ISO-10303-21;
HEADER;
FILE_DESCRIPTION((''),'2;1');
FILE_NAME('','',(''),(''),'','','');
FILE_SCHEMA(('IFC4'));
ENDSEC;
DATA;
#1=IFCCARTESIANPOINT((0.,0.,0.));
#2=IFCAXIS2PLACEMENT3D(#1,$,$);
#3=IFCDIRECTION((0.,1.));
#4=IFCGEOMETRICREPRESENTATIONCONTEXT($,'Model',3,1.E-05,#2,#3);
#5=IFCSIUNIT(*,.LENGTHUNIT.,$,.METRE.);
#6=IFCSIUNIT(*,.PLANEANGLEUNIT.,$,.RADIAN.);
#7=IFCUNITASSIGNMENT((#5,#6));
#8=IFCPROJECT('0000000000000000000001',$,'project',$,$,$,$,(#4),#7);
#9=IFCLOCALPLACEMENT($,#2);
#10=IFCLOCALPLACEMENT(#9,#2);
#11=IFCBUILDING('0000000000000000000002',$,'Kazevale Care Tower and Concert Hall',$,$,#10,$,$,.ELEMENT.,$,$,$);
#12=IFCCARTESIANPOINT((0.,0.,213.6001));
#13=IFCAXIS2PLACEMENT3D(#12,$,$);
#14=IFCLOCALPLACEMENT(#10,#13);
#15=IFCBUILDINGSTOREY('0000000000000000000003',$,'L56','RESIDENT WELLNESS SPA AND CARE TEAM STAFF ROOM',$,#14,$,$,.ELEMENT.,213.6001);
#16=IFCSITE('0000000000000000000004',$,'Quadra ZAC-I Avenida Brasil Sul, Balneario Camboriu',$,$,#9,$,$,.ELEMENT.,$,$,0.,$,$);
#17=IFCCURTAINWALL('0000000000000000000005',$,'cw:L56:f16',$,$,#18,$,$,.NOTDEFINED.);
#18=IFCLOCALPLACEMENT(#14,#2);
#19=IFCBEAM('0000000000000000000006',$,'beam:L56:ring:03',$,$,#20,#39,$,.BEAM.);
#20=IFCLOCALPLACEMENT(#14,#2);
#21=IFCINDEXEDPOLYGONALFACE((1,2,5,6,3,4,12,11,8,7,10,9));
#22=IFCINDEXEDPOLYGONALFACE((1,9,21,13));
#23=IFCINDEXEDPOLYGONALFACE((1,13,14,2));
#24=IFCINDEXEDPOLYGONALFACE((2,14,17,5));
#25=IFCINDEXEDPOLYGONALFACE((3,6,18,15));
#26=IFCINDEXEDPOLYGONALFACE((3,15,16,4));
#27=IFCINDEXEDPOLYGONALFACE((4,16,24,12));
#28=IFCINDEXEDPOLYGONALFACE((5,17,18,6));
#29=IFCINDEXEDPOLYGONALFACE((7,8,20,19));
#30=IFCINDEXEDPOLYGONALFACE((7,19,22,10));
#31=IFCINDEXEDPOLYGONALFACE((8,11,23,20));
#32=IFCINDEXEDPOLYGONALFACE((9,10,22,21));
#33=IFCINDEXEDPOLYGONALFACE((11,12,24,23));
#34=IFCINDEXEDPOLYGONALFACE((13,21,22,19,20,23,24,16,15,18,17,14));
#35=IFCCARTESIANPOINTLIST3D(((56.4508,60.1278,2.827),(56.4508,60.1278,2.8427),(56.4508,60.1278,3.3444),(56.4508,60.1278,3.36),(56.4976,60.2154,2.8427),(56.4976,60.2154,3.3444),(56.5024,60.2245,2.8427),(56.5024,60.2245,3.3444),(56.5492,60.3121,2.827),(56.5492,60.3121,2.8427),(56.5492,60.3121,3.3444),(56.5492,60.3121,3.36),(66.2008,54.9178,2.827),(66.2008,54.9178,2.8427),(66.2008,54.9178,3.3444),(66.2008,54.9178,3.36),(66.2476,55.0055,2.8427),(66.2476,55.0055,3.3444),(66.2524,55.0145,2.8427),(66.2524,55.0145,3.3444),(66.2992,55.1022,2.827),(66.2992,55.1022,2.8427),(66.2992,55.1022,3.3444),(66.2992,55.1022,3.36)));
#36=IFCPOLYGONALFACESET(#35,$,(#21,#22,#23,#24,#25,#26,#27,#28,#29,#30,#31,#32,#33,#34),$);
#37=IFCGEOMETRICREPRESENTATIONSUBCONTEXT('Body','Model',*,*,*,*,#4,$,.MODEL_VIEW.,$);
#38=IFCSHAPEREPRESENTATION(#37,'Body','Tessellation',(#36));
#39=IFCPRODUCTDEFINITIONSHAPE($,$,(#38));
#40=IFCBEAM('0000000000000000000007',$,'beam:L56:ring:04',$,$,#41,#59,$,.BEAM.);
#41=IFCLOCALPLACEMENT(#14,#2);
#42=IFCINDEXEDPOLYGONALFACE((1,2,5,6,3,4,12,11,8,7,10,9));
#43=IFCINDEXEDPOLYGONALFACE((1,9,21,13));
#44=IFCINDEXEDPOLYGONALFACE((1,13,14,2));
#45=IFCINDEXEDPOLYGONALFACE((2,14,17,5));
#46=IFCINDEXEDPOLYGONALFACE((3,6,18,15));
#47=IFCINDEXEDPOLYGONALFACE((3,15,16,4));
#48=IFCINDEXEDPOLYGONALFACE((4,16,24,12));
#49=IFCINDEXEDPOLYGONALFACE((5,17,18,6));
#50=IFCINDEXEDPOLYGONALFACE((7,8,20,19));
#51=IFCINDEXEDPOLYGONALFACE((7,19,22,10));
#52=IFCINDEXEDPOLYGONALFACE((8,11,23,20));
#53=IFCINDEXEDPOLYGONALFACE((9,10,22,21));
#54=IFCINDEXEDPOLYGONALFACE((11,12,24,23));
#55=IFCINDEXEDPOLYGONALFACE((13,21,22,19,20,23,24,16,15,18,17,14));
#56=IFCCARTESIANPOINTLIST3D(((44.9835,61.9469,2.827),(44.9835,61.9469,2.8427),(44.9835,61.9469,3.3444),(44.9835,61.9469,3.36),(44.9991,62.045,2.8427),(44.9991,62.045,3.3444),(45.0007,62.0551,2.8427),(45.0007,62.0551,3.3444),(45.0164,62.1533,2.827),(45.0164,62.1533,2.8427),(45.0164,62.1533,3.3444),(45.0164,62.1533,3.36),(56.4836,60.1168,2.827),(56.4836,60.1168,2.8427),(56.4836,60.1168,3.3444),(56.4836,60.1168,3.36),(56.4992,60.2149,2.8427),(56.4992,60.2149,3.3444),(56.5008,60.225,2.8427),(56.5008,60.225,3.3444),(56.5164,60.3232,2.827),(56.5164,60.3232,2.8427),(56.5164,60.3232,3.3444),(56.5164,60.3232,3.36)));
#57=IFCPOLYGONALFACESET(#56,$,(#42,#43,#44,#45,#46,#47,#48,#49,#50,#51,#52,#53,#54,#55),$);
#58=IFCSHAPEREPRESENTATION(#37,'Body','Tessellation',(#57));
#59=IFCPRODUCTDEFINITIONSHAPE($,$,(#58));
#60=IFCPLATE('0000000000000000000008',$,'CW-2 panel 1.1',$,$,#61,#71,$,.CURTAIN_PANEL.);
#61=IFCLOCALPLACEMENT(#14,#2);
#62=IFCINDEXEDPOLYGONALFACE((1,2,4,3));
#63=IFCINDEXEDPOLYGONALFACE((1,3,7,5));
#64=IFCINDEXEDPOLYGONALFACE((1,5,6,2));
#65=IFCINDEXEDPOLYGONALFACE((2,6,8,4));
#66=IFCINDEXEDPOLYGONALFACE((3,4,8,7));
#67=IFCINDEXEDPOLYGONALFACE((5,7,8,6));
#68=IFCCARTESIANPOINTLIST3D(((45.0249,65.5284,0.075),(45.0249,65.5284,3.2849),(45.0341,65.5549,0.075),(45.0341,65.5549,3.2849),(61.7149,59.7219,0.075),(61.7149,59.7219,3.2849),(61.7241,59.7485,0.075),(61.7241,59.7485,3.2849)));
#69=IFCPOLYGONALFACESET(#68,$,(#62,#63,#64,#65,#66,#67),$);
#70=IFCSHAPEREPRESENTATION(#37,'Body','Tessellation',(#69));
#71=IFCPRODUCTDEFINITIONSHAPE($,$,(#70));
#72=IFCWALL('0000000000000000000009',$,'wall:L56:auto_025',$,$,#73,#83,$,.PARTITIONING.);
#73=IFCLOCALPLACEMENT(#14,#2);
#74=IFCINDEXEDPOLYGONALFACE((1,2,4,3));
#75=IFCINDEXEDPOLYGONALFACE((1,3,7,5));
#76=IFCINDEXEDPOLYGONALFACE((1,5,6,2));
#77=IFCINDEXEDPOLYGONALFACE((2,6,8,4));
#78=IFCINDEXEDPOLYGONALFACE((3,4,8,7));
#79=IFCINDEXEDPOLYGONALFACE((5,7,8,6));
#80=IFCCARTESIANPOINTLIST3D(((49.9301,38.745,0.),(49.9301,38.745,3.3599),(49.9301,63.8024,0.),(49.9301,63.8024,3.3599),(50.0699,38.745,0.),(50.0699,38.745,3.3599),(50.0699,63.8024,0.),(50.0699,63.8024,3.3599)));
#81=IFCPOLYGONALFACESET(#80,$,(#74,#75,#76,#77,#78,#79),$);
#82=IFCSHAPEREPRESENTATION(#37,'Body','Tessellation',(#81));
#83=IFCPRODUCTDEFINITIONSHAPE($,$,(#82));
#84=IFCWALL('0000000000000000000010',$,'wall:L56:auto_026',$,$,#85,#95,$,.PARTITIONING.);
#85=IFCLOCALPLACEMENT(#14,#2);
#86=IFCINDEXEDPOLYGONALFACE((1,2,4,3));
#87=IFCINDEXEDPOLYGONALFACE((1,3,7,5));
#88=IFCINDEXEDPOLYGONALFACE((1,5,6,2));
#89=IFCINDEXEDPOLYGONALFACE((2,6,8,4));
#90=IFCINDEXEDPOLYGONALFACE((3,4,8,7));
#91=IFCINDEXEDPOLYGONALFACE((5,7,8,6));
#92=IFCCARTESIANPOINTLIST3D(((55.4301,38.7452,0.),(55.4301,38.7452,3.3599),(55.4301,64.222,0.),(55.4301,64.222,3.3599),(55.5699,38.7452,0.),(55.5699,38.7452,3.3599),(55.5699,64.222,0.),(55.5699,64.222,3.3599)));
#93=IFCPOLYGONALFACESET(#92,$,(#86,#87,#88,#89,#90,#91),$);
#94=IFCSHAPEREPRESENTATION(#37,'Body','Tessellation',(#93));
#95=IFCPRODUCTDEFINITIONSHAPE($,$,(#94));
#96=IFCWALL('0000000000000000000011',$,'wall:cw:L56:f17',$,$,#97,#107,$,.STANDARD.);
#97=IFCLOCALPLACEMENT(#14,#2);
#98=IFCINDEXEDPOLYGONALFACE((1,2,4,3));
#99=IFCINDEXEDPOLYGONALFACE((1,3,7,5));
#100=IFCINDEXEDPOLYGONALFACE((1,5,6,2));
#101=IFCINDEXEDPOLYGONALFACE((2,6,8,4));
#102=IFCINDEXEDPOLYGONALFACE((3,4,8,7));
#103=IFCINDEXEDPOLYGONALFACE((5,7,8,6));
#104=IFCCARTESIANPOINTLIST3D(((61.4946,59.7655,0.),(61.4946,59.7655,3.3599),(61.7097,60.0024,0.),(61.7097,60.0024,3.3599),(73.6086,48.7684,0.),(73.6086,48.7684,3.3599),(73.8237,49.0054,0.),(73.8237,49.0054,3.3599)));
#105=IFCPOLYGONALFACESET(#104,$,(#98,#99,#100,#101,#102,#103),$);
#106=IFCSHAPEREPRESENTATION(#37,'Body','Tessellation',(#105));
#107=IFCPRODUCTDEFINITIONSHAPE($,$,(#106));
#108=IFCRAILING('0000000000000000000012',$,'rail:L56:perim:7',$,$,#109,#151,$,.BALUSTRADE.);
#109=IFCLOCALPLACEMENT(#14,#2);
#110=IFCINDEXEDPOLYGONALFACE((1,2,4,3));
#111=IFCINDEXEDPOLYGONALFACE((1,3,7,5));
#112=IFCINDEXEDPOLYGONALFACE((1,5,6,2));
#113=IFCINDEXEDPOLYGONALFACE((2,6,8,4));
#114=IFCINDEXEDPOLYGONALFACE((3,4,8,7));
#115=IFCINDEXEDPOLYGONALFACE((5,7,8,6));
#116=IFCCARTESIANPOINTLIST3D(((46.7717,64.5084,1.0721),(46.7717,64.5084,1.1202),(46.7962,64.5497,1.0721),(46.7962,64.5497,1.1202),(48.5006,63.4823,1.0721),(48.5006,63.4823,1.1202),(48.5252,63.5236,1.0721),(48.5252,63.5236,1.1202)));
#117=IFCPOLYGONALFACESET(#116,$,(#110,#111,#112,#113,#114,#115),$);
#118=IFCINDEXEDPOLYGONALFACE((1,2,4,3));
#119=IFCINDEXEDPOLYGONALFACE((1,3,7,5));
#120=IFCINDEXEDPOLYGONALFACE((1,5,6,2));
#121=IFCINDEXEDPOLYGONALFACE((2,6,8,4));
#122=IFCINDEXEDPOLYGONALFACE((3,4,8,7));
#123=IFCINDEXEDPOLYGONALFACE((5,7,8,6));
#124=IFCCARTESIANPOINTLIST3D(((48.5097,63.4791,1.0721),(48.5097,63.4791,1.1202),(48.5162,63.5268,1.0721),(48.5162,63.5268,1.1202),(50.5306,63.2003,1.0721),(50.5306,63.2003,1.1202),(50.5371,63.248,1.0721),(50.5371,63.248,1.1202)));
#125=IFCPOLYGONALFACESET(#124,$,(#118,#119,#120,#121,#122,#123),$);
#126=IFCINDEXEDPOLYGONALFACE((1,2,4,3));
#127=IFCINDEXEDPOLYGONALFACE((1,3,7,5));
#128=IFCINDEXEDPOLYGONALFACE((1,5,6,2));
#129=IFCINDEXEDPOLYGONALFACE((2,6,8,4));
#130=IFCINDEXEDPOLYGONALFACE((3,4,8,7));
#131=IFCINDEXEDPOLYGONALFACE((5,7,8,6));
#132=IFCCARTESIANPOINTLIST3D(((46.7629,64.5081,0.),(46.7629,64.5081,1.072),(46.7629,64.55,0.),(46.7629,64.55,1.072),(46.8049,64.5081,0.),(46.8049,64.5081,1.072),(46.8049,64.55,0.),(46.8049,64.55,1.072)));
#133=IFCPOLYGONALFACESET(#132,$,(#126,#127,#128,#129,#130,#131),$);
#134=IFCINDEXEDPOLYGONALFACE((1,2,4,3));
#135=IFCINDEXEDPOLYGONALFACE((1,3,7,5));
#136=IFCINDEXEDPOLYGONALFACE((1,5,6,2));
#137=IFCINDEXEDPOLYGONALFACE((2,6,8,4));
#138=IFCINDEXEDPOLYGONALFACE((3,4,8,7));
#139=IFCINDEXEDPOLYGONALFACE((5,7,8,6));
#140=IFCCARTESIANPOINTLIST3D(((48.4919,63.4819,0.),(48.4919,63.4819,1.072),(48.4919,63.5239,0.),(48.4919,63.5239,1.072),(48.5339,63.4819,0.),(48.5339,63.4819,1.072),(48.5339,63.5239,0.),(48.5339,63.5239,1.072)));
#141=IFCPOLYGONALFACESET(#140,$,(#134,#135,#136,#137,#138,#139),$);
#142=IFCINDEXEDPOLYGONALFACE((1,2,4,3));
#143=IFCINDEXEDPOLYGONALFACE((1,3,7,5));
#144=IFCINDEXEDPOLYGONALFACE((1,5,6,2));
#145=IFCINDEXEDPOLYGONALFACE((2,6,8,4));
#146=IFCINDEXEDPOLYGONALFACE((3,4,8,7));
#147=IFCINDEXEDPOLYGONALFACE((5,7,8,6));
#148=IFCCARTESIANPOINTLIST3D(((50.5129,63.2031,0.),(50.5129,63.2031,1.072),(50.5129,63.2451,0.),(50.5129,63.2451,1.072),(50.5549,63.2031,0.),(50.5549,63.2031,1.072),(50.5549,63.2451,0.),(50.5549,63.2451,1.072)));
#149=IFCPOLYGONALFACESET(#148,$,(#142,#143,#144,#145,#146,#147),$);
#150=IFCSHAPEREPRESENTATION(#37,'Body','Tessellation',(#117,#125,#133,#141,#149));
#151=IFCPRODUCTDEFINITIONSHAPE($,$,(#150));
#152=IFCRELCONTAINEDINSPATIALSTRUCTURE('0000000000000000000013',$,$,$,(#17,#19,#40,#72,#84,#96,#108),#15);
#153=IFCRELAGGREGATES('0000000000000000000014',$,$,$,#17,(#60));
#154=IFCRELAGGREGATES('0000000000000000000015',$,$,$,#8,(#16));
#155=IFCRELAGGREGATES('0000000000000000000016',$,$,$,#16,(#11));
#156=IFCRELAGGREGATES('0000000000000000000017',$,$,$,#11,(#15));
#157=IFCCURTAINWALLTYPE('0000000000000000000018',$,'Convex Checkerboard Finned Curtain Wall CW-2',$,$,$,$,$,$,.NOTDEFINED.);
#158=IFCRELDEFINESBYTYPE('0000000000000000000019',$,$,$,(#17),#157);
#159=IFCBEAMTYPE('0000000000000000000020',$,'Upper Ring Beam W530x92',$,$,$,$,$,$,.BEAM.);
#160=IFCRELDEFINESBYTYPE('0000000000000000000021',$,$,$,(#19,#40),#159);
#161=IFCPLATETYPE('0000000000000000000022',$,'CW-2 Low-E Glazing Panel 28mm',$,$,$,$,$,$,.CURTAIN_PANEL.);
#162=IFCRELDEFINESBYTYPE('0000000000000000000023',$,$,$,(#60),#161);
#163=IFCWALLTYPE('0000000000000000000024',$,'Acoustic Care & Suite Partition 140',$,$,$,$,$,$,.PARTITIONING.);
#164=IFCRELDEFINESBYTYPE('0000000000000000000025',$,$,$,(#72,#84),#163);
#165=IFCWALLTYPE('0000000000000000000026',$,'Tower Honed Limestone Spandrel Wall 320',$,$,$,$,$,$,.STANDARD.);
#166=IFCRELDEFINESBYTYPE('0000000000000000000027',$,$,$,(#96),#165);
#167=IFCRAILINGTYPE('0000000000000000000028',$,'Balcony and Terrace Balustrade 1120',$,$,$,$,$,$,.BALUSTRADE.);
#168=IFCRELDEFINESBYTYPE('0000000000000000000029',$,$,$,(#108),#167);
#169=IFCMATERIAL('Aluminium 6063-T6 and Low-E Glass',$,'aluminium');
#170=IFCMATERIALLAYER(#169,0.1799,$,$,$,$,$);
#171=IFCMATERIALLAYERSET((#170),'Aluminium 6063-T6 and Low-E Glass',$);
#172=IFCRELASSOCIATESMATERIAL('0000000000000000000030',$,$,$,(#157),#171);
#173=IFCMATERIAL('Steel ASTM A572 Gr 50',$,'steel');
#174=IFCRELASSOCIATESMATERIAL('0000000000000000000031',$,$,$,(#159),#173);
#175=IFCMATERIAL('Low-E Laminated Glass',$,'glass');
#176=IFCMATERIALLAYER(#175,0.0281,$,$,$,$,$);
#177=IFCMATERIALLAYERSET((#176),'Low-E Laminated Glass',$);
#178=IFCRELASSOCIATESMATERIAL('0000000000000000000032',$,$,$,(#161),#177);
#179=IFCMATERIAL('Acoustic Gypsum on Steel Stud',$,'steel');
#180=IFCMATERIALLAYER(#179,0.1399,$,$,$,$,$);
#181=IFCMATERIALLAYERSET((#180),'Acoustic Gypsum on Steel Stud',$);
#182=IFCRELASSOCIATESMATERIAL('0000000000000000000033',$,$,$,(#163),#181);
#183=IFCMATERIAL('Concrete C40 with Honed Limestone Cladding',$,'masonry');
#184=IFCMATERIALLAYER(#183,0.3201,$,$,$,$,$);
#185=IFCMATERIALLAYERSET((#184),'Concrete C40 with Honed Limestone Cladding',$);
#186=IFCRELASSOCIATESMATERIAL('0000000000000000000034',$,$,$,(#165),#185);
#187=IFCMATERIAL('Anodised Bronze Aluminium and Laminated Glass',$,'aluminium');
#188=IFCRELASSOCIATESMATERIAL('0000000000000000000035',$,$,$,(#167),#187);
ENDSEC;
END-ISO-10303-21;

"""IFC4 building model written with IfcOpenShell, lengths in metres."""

from ifc_helpers import new_model, si_unit, direction, frame, frame_2d, origin, origin_2d, place, context, subcontext, project, spatial, rectangle, i_section, extrude, material, layer, layer_set, material_profile, profile_set, type_object, element, aggregate, save


model = new_model("IFC4")

# Units and contexts
model_context = context("Model", 3, precision=1e-05, world=origin(), true_north=direction((0.0, 1.0)))
body_context = subcontext(model_context, "Body", "Model", "MODEL_VIEW")
ifc_project = project(units=[si_unit("LENGTHUNIT", "METRE"), si_unit("PLANEANGLEUNIT", "RADIAN")], contexts=[model_context])

# Site, building, storey
site_placement = place(None, origin())
site = spatial("IfcSite", under=ifc_project, at=site_placement, Name="Quadra ZAC-I Avenida Brasil Sul, Balneario Camboriu", CompositionType="ELEMENT", RefElevation=0.0)
building_placement = place(site_placement, origin())
building = spatial("IfcBuilding", under=site, at=building_placement, Name="Kazevale Care Tower and Concert Hall", CompositionType="ELEMENT")
storey_placement = place(building_placement, frame((0.0, 0.0, 213.6001)))
storey = spatial("IfcBuildingStorey", under=building, at=storey_placement, Name="L56", Description="RESIDENT WELLNESS SPA AND CARE TEAM STAFF ROOM", CompositionType="ELEMENT", Elevation=213.6001)

# Curtain wall
ifc_material_1 = material(Name="Aluminium 6063-T6 and Low-E Glass", Category="aluminium")
ifc_layer_1 = layer(ifc_material_1, 0.1799)
ifc_layer_set_1 = layer_set([ifc_layer_1], Name="Aluminium 6063-T6 and Low-E Glass")
curtain_wall_type_1 = type_object("IfcCurtainWallType", Name="Convex Checkerboard Finned Curtain Wall CW-2", PredefinedType="NOTDEFINED", material=ifc_layer_set_1)
curtain_wall_1_placement = place(storey_placement, origin())
curtain_wall_1 = element("IfcCurtainWall", 1, at=curtain_wall_1_placement, inside=storey, type_object=curtain_wall_type_1, Name="cw:L56:f16", PredefinedType="NOTDEFINED")

# Beams
ifc_material_2 = material(Name="Steel ASTM A572 Gr 50", Category="steel")
ifc_material_profile_1 = material_profile(ifc_material_2, i_section(OverallWidth=0.209, OverallDepth=0.533, WebThickness=0.0103, FlangeThickness=0.0156, at=origin_2d()), Name="W530x92")
ifc_profile_set_1 = profile_set([ifc_material_profile_1], Name="Steel ASTM A572 Gr 50")
beam_type_1 = type_object("IfcBeamType", Name="Upper Ring Beam W530x92", PredefinedType="BEAM", material=ifc_profile_set_1)
beam_1_placement = place(storey_placement, frame((66.25, 55.01, 3.0935), z_axis=(-0.881979, 0.47129, 0.0), x_axis=(-0.47129, -0.881979, 0.0)))
element("IfcBeam", 2, at=beam_1_placement, inside=storey, type_object=beam_type_1, Name="beam:L56:ring:03", PredefinedType="BEAM", context=body_context, shape_type="SweptSolid", body=[
    extrude(i_section(OverallWidth=0.209, OverallDepth=0.533, WebThickness=0.0103, FlangeThickness=0.0156, at=origin_2d()), origin(), (0.0, 0.0, 1.0), 11.0547),
])
beam_2_placement = place(storey_placement, frame((56.5, 60.22, 3.0935), z_axis=(-0.987573, 0.15716, 0.0), x_axis=(-0.15716, -0.987573, 0.0)))
element("IfcBeam", 3, at=beam_2_placement, inside=storey, type_object=beam_type_1, Name="beam:L56:ring:04", PredefinedType="BEAM", context=body_context, shape_type="SweptSolid", body=[
    extrude(i_section(OverallWidth=0.209, OverallDepth=0.533, WebThickness=0.0103, FlangeThickness=0.0156, at=origin_2d()), origin(), (0.0, 0.0, 1.0), 11.6448),
])

# Plate
ifc_material_3 = material(Name="Low-E Laminated Glass", Category="glass")
ifc_layer_2 = layer(ifc_material_3, 0.0281)
ifc_layer_set_2 = layer_set([ifc_layer_2], Name="Low-E Laminated Glass")
plate_type = type_object("IfcPlateType", Name="CW-2 Low-E Glazing Panel 28mm", PredefinedType="CURTAIN_PANEL", material=ifc_layer_set_2)
plate_placement = place(storey_placement, frame((53.3745, 62.6384, 0.075), z_axis=(0.0, 0.0, 1.0), x_axis=(0.944475, -0.328584, 0.0)))
plate = element("IfcPlate", 4, at=plate_placement, type_object=plate_type, Name="CW-2 panel 1.1", PredefinedType="CURTAIN_PANEL", context=body_context, shape_type="SweptSolid", body=[
    extrude(rectangle(XDim=17.6711, YDim=0.0281, at=origin_2d()), origin(), (0.0, 0.0, 1.0), 3.21),
])
aggregate(curtain_wall_1, [plate])

# Walls
ifc_material_4 = material(Name="Acoustic Gypsum on Steel Stud", Category="steel")
ifc_layer_3 = layer(ifc_material_4, 0.1399)
ifc_layer_set_3 = layer_set([ifc_layer_3], Name="Acoustic Gypsum on Steel Stud")
wall_type_1 = type_object("IfcWallType", Name="Acoustic Care & Suite Partition 140", PredefinedType="PARTITIONING", material=ifc_layer_set_3)
wall_1_placement = place(storey_placement, frame((50.0, 63.8025, 0.0), z_axis=(0.0, 0.0, 1.0), x_axis=(0.0, -1.0, 0.0)))
element("IfcWall", 5, at=wall_1_placement, inside=storey, type_object=wall_type_1, Name="wall:L56:auto_025", PredefinedType="PARTITIONING", context=body_context, shape_type="SweptSolid", body=[
    extrude(rectangle(XDim=25.0574, YDim=0.1399, at=frame_2d((12.5288, 0.0))), origin(), (0.0, 0.0, 1.0), 3.3599),
])
wall_2_placement = place(storey_placement, frame((55.5, 64.2219, 0.0), z_axis=(0.0, 0.0, 1.0), x_axis=(0.0, -1.0, 0.0)))
element("IfcWall", 6, at=wall_2_placement, inside=storey, type_object=wall_type_1, Name="wall:L56:auto_026", PredefinedType="PARTITIONING", context=body_context, shape_type="SweptSolid", body=[
    extrude(rectangle(XDim=25.4768, YDim=0.1399, at=frame_2d((12.7383, 0.0))), origin(), (0.0, 0.0, 1.0), 3.3599),
])
ifc_material_5 = material(Name="Concrete C40 with Honed Limestone Cladding", Category="masonry")
ifc_layer_4 = layer(ifc_material_5, 0.3201)
ifc_layer_set_4 = layer_set([ifc_layer_4], Name="Concrete C40 with Honed Limestone Cladding")
wall_type_2 = type_object("IfcWallType", Name="Tower Honed Limestone Spandrel Wall 320", PredefinedType="STANDARD", material=ifc_layer_set_4)
wall_3_placement = place(storey_placement, frame((61.6021, 59.884, 0.0), z_axis=(0.0, 0.0, 1.0), x_axis=(0.740417, -0.672148, 0.0)))
element("IfcWall", 7, at=wall_3_placement, inside=storey, type_object=wall_type_2, Name="wall:cw:L56:f17", PredefinedType="STANDARD", context=body_context, shape_type="SweptSolid", body=[
    extrude(rectangle(XDim=16.3611, YDim=0.3201, at=frame_2d((8.1807, 0.0))), origin(), (0.0, 0.0, 1.0), 3.3599),
])

# Railing
ifc_material_6 = material(Name="Anodised Bronze Aluminium and Laminated Glass", Category="aluminium")
railing_type = type_object("IfcRailingType", Name="Balcony and Terrace Balustrade 1120", PredefinedType="BALUSTRADE", material=ifc_material_6)
railing_1_placement = place(storey_placement, frame((46.7839, 64.5291, 0.0)))
element("IfcRailing", 8, at=railing_1_placement, inside=storey, type_object=railing_type, Name="rail:L56:perim:7", PredefinedType="BALUSTRADE", context=body_context, shape_type="SweptSolid", body=[
    extrude(rectangle(XDim=0.0481, YDim=0.0481, at=origin_2d()), frame((0.0, 0.0, 1.0962), z_axis=(0.859958, -0.510365, 0.0), x_axis=(0.510365, 0.859958, 0.0)), (0.0, 0.0, 1.0), 2.0105),
    extrude(rectangle(XDim=0.0481, YDim=0.0481, at=origin_2d()), frame((1.729, -1.0261, 1.0962), z_axis=(0.990618, -0.136662, 0.0), x_axis=(0.136662, 0.990618, 0.0)), (0.0, 0.0, 1.0), 2.04),
    extrude(rectangle(XDim=0.042, YDim=0.042, at=origin_2d()), origin(), (0.0, 0.0, 1.0), 1.072),
    extrude(rectangle(XDim=0.042, YDim=0.042, at=origin_2d()), frame((1.729, -1.0261, 0.0)), (0.0, 0.0, 1.0), 1.072),
    extrude(rectangle(XDim=0.042, YDim=0.042, at=origin_2d()), frame((3.75, -1.3049, 0.0)), (0.0, 0.0, 1.0), 1.072),
])

save(model, "model.ifc")
